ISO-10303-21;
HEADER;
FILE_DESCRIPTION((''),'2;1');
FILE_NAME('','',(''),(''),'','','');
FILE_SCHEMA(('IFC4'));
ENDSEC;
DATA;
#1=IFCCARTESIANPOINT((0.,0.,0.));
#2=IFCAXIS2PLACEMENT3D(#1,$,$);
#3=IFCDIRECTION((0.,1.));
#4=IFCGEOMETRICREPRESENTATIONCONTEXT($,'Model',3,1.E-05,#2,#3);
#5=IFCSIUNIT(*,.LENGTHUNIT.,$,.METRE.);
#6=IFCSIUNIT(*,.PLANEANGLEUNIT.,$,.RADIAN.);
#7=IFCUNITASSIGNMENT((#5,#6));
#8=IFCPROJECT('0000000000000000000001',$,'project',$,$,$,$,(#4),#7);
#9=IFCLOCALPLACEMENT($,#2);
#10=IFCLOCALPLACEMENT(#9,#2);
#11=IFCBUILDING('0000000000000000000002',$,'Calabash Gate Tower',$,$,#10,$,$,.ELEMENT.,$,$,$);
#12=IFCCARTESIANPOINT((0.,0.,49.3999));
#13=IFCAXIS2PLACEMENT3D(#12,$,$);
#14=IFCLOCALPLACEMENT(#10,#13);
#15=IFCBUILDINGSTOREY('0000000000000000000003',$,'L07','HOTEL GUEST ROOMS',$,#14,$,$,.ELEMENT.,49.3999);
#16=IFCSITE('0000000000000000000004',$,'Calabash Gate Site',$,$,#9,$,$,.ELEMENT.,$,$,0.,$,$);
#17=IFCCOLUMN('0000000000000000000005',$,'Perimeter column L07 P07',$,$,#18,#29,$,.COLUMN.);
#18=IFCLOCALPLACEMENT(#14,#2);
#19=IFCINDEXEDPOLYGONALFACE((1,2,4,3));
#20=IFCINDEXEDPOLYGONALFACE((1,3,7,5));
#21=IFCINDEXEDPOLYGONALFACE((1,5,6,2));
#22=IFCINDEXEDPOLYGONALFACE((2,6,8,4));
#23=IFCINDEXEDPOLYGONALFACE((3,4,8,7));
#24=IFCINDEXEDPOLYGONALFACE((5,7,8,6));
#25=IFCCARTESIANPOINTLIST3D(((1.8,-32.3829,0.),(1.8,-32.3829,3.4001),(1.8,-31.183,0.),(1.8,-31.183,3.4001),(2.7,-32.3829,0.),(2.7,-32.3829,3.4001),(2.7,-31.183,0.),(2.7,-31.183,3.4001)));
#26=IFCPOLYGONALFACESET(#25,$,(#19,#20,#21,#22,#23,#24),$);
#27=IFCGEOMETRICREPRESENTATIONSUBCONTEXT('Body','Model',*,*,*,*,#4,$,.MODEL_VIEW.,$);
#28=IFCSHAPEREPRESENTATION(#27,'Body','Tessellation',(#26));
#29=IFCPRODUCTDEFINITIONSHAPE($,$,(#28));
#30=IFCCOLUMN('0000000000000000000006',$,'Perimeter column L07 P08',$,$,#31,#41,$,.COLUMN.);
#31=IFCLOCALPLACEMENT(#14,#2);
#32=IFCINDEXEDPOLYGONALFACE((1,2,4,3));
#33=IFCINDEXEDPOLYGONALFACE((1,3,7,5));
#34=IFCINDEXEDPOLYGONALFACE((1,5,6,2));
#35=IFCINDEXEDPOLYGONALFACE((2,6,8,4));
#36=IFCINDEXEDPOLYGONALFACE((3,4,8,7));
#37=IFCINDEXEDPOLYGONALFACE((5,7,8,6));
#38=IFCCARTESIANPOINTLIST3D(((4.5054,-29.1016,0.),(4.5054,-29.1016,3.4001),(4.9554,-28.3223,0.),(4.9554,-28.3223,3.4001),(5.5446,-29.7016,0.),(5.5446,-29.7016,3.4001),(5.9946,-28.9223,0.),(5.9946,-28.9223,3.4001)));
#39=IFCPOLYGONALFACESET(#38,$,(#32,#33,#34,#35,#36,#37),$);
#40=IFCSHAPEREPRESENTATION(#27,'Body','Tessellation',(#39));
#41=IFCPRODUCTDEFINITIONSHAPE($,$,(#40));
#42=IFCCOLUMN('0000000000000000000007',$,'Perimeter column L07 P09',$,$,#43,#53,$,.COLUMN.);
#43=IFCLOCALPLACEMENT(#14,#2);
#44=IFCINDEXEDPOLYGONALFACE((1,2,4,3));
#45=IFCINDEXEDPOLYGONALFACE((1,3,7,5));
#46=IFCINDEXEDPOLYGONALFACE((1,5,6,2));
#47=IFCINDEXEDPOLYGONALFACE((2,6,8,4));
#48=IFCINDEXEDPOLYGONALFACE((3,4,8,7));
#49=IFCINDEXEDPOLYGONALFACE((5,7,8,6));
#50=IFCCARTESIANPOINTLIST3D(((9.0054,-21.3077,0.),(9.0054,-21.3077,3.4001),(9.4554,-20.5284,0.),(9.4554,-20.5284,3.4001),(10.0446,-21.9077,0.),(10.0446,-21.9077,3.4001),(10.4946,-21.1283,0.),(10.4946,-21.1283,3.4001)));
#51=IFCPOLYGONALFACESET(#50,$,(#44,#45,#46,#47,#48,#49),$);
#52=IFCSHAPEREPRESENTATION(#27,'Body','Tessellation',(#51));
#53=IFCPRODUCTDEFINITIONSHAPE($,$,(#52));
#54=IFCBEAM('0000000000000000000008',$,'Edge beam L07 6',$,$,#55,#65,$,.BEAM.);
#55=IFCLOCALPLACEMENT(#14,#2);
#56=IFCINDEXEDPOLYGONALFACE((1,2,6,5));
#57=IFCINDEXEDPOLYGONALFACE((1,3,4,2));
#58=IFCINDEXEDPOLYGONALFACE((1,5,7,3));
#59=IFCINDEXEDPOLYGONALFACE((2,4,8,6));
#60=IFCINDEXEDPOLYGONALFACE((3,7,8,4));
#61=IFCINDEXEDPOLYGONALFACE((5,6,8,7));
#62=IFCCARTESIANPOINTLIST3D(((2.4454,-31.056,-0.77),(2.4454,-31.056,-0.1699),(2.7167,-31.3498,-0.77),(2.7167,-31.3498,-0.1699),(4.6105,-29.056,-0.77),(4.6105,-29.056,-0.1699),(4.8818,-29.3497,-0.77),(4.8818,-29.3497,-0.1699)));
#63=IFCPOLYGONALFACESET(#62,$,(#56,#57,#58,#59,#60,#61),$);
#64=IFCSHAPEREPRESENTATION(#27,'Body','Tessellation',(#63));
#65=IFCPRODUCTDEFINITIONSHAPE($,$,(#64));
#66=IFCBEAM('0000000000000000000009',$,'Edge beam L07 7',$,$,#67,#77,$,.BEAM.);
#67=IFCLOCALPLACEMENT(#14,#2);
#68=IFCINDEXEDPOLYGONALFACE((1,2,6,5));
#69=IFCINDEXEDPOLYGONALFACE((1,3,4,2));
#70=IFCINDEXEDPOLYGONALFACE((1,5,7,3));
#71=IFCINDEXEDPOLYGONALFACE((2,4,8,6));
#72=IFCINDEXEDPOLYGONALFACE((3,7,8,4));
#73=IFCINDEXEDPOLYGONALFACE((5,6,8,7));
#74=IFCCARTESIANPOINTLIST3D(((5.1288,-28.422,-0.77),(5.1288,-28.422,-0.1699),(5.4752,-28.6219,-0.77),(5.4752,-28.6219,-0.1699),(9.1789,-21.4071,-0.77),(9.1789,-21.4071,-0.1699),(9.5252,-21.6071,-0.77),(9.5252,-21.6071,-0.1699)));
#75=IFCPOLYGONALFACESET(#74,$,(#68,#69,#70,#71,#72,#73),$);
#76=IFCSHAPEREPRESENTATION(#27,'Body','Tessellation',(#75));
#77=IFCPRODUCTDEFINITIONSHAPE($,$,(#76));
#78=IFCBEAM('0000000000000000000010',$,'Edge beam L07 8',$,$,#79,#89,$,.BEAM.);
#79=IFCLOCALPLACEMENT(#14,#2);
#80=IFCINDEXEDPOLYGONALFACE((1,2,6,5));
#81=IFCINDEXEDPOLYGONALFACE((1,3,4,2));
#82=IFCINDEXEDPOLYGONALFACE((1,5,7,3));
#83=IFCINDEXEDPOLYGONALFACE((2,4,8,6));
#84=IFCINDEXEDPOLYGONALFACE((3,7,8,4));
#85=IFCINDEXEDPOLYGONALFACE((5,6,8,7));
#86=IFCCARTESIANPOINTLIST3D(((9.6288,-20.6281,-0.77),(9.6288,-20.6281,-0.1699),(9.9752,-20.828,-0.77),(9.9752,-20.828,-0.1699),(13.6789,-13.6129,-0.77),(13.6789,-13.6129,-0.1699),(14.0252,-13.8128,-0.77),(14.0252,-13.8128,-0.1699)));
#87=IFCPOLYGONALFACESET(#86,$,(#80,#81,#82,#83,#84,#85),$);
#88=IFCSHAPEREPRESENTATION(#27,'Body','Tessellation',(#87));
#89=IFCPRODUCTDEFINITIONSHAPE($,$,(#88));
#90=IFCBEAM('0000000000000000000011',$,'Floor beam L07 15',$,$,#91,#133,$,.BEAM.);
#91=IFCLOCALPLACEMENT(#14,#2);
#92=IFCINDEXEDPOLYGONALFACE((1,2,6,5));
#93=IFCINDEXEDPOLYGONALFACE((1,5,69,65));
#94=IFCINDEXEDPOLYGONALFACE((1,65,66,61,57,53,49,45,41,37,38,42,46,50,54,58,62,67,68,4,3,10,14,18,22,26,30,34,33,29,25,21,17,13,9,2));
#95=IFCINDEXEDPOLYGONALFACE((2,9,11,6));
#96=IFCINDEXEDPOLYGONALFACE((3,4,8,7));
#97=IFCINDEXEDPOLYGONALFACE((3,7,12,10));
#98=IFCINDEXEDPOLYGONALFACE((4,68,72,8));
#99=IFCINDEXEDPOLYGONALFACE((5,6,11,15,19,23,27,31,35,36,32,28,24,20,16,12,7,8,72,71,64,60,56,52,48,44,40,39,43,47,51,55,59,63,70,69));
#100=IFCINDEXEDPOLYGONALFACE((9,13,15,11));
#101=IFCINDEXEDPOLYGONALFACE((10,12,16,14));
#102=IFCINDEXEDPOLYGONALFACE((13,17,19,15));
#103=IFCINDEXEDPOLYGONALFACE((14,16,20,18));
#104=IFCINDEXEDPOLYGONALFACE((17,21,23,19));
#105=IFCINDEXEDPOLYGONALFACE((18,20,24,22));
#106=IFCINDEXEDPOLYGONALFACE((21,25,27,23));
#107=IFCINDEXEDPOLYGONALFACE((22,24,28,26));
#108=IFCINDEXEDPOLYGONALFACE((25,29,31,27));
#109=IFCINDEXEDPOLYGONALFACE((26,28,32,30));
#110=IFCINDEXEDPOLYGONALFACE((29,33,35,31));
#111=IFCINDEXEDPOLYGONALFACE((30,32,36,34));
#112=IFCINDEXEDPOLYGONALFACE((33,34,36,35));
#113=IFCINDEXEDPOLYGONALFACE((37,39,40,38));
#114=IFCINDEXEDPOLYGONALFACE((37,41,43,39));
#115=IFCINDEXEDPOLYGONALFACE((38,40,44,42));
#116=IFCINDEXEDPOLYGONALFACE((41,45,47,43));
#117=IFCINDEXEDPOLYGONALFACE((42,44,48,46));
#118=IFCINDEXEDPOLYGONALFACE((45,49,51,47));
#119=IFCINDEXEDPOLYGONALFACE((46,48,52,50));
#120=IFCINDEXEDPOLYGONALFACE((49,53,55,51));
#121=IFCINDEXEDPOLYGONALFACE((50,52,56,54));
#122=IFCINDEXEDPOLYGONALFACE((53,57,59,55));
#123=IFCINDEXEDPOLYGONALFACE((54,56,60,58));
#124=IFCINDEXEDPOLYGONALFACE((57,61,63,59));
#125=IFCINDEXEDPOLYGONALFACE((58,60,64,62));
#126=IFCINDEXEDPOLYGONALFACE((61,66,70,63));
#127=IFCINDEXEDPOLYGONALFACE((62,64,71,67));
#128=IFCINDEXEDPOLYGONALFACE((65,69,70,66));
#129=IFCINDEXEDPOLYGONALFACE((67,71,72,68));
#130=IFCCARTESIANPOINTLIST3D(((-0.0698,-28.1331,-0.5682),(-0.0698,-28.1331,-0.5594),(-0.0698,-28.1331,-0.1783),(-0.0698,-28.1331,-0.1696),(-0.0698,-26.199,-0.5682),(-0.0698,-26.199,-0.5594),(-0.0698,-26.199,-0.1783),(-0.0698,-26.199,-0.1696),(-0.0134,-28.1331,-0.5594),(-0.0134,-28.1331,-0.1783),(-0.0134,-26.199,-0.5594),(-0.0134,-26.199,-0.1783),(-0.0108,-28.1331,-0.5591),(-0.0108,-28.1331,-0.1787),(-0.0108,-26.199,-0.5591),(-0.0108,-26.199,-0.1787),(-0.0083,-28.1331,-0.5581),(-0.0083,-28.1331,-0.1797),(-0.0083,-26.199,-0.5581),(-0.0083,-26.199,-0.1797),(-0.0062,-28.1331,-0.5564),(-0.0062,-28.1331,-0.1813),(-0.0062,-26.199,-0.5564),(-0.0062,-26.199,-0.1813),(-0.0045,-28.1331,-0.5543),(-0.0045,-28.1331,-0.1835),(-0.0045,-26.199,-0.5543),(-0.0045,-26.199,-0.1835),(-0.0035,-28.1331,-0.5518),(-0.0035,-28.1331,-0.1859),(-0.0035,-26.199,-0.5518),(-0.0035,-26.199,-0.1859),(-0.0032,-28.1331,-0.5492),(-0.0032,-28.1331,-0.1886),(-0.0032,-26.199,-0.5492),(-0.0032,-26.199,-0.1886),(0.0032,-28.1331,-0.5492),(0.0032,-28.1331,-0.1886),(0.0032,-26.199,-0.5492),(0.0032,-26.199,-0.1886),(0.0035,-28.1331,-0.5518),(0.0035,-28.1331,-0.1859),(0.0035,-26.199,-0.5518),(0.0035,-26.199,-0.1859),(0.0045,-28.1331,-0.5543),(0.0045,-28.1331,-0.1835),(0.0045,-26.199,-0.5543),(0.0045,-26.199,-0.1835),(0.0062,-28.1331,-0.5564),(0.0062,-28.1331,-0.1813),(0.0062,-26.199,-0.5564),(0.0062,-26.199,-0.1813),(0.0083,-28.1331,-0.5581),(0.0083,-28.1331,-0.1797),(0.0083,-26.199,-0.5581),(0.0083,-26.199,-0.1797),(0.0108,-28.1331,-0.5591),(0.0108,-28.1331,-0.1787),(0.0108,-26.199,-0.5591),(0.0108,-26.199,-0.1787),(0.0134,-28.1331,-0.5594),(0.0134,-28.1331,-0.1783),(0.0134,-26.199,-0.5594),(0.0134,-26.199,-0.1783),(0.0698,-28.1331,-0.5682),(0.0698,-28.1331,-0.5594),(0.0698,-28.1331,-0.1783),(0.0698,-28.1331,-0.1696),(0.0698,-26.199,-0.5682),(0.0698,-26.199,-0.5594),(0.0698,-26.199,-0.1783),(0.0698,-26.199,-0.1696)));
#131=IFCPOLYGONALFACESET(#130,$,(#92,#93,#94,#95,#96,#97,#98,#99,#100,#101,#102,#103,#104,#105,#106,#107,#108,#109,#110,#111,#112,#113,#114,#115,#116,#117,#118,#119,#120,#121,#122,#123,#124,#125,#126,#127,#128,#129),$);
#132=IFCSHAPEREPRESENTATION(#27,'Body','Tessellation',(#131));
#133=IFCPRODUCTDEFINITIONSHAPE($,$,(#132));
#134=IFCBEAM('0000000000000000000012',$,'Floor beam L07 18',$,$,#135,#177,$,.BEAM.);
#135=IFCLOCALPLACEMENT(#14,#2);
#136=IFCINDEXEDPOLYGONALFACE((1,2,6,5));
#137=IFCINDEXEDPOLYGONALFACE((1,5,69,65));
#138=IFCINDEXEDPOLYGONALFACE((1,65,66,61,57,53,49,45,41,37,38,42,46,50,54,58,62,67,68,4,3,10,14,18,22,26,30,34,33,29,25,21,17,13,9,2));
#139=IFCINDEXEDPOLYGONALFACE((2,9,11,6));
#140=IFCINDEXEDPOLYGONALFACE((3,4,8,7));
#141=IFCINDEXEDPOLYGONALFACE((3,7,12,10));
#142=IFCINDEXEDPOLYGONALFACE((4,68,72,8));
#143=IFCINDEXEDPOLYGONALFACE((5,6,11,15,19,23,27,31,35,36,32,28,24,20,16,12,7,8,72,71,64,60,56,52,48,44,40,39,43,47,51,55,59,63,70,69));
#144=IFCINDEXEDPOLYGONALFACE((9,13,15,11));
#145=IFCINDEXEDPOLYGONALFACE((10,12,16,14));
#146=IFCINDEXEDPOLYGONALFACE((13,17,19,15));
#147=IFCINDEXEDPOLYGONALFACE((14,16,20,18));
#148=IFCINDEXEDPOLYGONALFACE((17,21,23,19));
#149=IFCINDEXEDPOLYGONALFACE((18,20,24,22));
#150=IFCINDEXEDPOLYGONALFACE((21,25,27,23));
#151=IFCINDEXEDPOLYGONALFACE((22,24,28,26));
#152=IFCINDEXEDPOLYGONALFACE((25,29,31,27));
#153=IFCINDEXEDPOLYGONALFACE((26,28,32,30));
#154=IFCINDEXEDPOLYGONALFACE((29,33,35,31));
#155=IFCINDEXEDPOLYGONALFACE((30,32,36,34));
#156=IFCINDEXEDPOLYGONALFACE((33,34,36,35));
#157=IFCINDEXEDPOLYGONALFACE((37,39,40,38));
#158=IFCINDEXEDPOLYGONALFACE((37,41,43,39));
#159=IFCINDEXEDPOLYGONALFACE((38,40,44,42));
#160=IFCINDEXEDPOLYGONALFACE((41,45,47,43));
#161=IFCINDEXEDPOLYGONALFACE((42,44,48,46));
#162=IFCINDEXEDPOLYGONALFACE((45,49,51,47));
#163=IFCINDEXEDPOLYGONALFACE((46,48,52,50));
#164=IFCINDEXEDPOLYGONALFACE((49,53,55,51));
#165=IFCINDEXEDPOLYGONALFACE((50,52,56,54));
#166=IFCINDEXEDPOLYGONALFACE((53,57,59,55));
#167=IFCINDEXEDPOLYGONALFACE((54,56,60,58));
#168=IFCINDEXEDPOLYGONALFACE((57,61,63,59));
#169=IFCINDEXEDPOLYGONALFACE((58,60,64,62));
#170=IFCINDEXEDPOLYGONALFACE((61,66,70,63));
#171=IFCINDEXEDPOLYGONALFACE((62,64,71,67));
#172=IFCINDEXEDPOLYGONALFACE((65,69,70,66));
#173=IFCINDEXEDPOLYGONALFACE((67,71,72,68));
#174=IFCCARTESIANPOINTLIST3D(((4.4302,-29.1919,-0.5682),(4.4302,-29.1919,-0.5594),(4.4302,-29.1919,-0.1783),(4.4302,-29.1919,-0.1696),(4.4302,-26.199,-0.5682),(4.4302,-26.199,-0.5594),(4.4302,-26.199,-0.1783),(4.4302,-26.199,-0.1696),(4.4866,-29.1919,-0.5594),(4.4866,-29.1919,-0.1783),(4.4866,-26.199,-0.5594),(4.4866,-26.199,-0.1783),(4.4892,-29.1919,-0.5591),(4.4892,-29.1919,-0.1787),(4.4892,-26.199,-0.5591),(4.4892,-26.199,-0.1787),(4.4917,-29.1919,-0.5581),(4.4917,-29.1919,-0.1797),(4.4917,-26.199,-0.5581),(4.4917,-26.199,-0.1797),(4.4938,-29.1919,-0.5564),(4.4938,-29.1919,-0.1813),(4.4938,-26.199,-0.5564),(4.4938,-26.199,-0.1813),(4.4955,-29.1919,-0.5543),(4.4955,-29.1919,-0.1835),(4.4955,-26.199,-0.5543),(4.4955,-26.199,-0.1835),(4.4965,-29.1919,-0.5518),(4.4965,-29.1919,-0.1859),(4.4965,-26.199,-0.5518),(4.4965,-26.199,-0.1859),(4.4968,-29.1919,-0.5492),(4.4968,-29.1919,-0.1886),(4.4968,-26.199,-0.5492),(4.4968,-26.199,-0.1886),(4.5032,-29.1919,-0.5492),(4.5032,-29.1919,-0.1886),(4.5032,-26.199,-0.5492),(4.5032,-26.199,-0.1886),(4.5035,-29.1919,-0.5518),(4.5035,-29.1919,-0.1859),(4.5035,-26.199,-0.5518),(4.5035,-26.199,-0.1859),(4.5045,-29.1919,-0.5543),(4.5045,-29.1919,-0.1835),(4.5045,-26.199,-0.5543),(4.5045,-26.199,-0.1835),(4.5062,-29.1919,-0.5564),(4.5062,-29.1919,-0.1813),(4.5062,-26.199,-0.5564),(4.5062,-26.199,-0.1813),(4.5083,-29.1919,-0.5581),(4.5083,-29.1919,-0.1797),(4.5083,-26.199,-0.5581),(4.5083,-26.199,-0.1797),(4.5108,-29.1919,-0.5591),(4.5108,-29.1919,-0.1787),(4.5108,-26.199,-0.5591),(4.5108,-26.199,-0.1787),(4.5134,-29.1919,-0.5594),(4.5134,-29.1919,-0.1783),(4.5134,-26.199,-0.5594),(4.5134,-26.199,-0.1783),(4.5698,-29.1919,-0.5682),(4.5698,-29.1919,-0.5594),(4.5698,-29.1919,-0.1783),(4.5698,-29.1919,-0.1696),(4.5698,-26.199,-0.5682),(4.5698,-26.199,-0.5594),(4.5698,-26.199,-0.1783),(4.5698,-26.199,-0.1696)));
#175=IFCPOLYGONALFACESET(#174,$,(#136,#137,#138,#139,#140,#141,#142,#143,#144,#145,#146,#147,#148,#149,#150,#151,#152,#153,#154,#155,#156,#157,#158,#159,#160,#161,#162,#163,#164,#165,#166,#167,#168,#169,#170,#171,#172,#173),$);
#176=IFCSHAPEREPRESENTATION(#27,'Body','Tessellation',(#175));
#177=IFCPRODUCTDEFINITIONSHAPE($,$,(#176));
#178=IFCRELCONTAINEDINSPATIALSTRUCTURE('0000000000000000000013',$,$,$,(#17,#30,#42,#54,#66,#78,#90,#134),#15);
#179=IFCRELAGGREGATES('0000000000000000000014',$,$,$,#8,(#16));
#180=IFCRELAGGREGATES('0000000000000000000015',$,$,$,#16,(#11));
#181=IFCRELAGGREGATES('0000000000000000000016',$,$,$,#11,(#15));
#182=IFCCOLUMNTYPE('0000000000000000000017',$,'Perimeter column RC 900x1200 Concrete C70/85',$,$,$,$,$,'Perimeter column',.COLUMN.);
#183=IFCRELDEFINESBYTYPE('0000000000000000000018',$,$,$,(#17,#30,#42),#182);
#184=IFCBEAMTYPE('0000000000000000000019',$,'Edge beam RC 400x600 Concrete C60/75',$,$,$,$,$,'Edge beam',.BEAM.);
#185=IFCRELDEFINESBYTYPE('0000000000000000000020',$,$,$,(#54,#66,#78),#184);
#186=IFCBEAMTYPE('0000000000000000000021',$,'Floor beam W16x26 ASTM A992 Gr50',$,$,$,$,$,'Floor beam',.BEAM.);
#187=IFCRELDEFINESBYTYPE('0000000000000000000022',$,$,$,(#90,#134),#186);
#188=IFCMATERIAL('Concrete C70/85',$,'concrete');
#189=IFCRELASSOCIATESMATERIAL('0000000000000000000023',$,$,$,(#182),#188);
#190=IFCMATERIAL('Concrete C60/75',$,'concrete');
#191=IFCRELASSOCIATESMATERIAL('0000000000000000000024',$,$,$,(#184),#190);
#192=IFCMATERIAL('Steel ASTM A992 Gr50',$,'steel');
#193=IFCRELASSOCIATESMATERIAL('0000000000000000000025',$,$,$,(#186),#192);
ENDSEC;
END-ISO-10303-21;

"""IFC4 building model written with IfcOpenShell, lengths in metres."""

from ifc_helpers import new_model, si_unit, direction, frame, origin, origin_2d, place, context, subcontext, project, spatial, rectangle, i_section, extrude, material, material_profile, profile_set, type_object, element, save


model = new_model("IFC4")

# Units and contexts
model_context = context("Model", 3, precision=1e-05, world=origin(), true_north=direction((0.0, 1.0)))
body_context = subcontext(model_context, "Body", "Model", "MODEL_VIEW")
ifc_project = project(units=[si_unit("LENGTHUNIT", "METRE"), si_unit("PLANEANGLEUNIT", "RADIAN")], contexts=[model_context])

# Site, building, storey
site_placement = place(None, origin())
site = spatial("IfcSite", under=ifc_project, at=site_placement, Name="Calabash Gate Site", CompositionType="ELEMENT", RefElevation=0.0)
building_placement = place(site_placement, origin())
building = spatial("IfcBuilding", under=site, at=building_placement, Name="Calabash Gate Tower", CompositionType="ELEMENT")
storey_placement = place(building_placement, frame((0.0, 0.0, 49.3999)))
storey = spatial("IfcBuildingStorey", under=building, at=storey_placement, Name="L07", Description="HOTEL GUEST ROOMS", CompositionType="ELEMENT", Elevation=49.3999)

# Columns
ifc_material_1 = material(Name="Concrete C70/85", Category="concrete")
ifc_material_profile_1 = material_profile(ifc_material_1, rectangle(XDim=0.8999, YDim=1.2, at=origin_2d()))
ifc_profile_set_1 = profile_set([ifc_material_profile_1], Name="Concrete C70/85")
column_type = type_object("IfcColumnType", Name="Perimeter column RC 900x1200 Concrete C70/85", ElementType="Perimeter column", PredefinedType="COLUMN", material=ifc_profile_set_1)
for number, where, z_axis, x_axis, name in (
    (1, (2.25, -31.783, 0.0), (0.0, 0.0, 1.0), (1.0, 0.0, 0.0), "Perimeter column L07 P07"),
    (2, (5.25, -29.012, 0.0), (0.0, 0.0, 1.0), (0.5, 0.866025, 0.0), "Perimeter column L07 P08"),
    (3, (9.75, -21.218, 0.0), (0.0, 0.0, 1.0), (0.5, 0.866025, 0.0), "Perimeter column L07 P09"),
):
    element("IfcColumn", number, at=place(storey_placement, frame(where, z_axis=z_axis, x_axis=x_axis)), inside=storey, type_object=column_type, Name=name, PredefinedType="COLUMN", context=body_context, shape_type="SweptSolid", body=[
        extrude(rectangle(XDim=0.8999, YDim=1.2, at=origin_2d()), origin(), (0.0, 0.0, 1.0), 3.4001),
    ])

# Beams
ifc_material_2 = material(Name="Concrete C60/75", Category="concrete")
ifc_material_profile_2 = material_profile(ifc_material_2, rectangle(XDim=0.3999, YDim=0.6001, at=origin_2d()))
ifc_profile_set_2 = profile_set([ifc_material_profile_2], Name="Concrete C60/75")
beam_type_1 = type_object("IfcBeamType", Name="Edge beam RC 400x600 Concrete C60/75", ElementType="Edge beam", PredefinedType="BEAM", material=ifc_profile_set_2)
beam_1_placement = place(storey_placement, frame((2.5811, -31.2029, -0.47), z_axis=(0.734549, 0.678555, 0.0), x_axis=(-0.678555, 0.734549, 0.0)))
element("IfcBeam", 4, at=beam_1_placement, inside=storey, type_object=beam_type_1, Name="Edge beam L07 6", PredefinedType="BEAM", context=body_context, shape_type="SweptSolid", body=[
    extrude(rectangle(XDim=0.3999, YDim=0.6001, at=origin_2d()), origin(), (0.0, 0.0, 1.0), 2.9475),
])
beam_2_placement = place(storey_placement, frame((5.302, -28.522, -0.47), z_axis=(0.5, 0.866025, 0.0), x_axis=(-0.866025, 0.5, 0.0)))
element("IfcBeam", 5, at=beam_2_placement, inside=storey, type_object=beam_type_1, Name="Edge beam L07 7", PredefinedType="BEAM", context=body_context, shape_type="SweptSolid", body=[
    extrude(rectangle(XDim=0.3999, YDim=0.6001, at=origin_2d()), origin(), (0.0, 0.0, 1.0), 8.1001),
])
beam_3_placement = place(storey_placement, frame((9.802, -20.728, -0.47), z_axis=(0.499987, 0.866033, 0.0), x_axis=(-0.866033, 0.499987, 0.0)))
element("IfcBeam", 6, at=beam_3_placement, inside=storey, type_object=beam_type_1, Name="Edge beam L07 8", PredefinedType="BEAM", context=body_context, shape_type="SweptSolid", body=[
    extrude(rectangle(XDim=0.3999, YDim=0.6001, at=origin_2d()), origin(), (0.0, 0.0, 1.0), 8.1003),
])
ifc_material_3 = material(Name="Steel ASTM A992 Gr50", Category="steel")
ifc_material_profile_3 = material_profile(ifc_material_3, i_section(OverallWidth=0.1396, OverallDepth=0.3987, WebThickness=0.0063, FlangeThickness=0.0088, FilletRadius=0.0103, at=origin_2d()))
ifc_profile_set_3 = profile_set([ifc_material_profile_3], Name="Steel ASTM A992 Gr50")
beam_type_2 = type_object("IfcBeamType", Name="Floor beam W16x26 ASTM A992 Gr50", ElementType="Floor beam", PredefinedType="BEAM", material=ifc_profile_set_3)
beam_4_placement = place(storey_placement, frame((0.0, -28.1331, -0.3689), z_axis=(0.0, 1.0, 0.0), x_axis=(-1.0, 0.0, 0.0)))
element("IfcBeam", 7, at=beam_4_placement, inside=storey, type_object=beam_type_2, Name="Floor beam L07 15", PredefinedType="BEAM", context=body_context, shape_type="SweptSolid", body=[
    extrude(i_section(OverallWidth=0.1396, OverallDepth=0.3987, WebThickness=0.0063, FlangeThickness=0.0088, FilletRadius=0.0103, at=origin_2d()), origin(), (0.0, 0.0, 1.0), 1.9341),
])
beam_5_placement = place(storey_placement, frame((4.5, -29.1919, -0.3689), z_axis=(0.0, 1.0, 0.0), x_axis=(-1.0, 0.0, 0.0)))
element("IfcBeam", 8, at=beam_5_placement, inside=storey, type_object=beam_type_2, Name="Floor beam L07 18", PredefinedType="BEAM", context=body_context, shape_type="SweptSolid", body=[
    extrude(i_section(OverallWidth=0.1396, OverallDepth=0.3987, WebThickness=0.0063, FlangeThickness=0.0088, FilletRadius=0.0103, at=origin_2d()), origin(), (0.0, 0.0, 1.0), 2.9929),
])

save(model, "model.ifc")
